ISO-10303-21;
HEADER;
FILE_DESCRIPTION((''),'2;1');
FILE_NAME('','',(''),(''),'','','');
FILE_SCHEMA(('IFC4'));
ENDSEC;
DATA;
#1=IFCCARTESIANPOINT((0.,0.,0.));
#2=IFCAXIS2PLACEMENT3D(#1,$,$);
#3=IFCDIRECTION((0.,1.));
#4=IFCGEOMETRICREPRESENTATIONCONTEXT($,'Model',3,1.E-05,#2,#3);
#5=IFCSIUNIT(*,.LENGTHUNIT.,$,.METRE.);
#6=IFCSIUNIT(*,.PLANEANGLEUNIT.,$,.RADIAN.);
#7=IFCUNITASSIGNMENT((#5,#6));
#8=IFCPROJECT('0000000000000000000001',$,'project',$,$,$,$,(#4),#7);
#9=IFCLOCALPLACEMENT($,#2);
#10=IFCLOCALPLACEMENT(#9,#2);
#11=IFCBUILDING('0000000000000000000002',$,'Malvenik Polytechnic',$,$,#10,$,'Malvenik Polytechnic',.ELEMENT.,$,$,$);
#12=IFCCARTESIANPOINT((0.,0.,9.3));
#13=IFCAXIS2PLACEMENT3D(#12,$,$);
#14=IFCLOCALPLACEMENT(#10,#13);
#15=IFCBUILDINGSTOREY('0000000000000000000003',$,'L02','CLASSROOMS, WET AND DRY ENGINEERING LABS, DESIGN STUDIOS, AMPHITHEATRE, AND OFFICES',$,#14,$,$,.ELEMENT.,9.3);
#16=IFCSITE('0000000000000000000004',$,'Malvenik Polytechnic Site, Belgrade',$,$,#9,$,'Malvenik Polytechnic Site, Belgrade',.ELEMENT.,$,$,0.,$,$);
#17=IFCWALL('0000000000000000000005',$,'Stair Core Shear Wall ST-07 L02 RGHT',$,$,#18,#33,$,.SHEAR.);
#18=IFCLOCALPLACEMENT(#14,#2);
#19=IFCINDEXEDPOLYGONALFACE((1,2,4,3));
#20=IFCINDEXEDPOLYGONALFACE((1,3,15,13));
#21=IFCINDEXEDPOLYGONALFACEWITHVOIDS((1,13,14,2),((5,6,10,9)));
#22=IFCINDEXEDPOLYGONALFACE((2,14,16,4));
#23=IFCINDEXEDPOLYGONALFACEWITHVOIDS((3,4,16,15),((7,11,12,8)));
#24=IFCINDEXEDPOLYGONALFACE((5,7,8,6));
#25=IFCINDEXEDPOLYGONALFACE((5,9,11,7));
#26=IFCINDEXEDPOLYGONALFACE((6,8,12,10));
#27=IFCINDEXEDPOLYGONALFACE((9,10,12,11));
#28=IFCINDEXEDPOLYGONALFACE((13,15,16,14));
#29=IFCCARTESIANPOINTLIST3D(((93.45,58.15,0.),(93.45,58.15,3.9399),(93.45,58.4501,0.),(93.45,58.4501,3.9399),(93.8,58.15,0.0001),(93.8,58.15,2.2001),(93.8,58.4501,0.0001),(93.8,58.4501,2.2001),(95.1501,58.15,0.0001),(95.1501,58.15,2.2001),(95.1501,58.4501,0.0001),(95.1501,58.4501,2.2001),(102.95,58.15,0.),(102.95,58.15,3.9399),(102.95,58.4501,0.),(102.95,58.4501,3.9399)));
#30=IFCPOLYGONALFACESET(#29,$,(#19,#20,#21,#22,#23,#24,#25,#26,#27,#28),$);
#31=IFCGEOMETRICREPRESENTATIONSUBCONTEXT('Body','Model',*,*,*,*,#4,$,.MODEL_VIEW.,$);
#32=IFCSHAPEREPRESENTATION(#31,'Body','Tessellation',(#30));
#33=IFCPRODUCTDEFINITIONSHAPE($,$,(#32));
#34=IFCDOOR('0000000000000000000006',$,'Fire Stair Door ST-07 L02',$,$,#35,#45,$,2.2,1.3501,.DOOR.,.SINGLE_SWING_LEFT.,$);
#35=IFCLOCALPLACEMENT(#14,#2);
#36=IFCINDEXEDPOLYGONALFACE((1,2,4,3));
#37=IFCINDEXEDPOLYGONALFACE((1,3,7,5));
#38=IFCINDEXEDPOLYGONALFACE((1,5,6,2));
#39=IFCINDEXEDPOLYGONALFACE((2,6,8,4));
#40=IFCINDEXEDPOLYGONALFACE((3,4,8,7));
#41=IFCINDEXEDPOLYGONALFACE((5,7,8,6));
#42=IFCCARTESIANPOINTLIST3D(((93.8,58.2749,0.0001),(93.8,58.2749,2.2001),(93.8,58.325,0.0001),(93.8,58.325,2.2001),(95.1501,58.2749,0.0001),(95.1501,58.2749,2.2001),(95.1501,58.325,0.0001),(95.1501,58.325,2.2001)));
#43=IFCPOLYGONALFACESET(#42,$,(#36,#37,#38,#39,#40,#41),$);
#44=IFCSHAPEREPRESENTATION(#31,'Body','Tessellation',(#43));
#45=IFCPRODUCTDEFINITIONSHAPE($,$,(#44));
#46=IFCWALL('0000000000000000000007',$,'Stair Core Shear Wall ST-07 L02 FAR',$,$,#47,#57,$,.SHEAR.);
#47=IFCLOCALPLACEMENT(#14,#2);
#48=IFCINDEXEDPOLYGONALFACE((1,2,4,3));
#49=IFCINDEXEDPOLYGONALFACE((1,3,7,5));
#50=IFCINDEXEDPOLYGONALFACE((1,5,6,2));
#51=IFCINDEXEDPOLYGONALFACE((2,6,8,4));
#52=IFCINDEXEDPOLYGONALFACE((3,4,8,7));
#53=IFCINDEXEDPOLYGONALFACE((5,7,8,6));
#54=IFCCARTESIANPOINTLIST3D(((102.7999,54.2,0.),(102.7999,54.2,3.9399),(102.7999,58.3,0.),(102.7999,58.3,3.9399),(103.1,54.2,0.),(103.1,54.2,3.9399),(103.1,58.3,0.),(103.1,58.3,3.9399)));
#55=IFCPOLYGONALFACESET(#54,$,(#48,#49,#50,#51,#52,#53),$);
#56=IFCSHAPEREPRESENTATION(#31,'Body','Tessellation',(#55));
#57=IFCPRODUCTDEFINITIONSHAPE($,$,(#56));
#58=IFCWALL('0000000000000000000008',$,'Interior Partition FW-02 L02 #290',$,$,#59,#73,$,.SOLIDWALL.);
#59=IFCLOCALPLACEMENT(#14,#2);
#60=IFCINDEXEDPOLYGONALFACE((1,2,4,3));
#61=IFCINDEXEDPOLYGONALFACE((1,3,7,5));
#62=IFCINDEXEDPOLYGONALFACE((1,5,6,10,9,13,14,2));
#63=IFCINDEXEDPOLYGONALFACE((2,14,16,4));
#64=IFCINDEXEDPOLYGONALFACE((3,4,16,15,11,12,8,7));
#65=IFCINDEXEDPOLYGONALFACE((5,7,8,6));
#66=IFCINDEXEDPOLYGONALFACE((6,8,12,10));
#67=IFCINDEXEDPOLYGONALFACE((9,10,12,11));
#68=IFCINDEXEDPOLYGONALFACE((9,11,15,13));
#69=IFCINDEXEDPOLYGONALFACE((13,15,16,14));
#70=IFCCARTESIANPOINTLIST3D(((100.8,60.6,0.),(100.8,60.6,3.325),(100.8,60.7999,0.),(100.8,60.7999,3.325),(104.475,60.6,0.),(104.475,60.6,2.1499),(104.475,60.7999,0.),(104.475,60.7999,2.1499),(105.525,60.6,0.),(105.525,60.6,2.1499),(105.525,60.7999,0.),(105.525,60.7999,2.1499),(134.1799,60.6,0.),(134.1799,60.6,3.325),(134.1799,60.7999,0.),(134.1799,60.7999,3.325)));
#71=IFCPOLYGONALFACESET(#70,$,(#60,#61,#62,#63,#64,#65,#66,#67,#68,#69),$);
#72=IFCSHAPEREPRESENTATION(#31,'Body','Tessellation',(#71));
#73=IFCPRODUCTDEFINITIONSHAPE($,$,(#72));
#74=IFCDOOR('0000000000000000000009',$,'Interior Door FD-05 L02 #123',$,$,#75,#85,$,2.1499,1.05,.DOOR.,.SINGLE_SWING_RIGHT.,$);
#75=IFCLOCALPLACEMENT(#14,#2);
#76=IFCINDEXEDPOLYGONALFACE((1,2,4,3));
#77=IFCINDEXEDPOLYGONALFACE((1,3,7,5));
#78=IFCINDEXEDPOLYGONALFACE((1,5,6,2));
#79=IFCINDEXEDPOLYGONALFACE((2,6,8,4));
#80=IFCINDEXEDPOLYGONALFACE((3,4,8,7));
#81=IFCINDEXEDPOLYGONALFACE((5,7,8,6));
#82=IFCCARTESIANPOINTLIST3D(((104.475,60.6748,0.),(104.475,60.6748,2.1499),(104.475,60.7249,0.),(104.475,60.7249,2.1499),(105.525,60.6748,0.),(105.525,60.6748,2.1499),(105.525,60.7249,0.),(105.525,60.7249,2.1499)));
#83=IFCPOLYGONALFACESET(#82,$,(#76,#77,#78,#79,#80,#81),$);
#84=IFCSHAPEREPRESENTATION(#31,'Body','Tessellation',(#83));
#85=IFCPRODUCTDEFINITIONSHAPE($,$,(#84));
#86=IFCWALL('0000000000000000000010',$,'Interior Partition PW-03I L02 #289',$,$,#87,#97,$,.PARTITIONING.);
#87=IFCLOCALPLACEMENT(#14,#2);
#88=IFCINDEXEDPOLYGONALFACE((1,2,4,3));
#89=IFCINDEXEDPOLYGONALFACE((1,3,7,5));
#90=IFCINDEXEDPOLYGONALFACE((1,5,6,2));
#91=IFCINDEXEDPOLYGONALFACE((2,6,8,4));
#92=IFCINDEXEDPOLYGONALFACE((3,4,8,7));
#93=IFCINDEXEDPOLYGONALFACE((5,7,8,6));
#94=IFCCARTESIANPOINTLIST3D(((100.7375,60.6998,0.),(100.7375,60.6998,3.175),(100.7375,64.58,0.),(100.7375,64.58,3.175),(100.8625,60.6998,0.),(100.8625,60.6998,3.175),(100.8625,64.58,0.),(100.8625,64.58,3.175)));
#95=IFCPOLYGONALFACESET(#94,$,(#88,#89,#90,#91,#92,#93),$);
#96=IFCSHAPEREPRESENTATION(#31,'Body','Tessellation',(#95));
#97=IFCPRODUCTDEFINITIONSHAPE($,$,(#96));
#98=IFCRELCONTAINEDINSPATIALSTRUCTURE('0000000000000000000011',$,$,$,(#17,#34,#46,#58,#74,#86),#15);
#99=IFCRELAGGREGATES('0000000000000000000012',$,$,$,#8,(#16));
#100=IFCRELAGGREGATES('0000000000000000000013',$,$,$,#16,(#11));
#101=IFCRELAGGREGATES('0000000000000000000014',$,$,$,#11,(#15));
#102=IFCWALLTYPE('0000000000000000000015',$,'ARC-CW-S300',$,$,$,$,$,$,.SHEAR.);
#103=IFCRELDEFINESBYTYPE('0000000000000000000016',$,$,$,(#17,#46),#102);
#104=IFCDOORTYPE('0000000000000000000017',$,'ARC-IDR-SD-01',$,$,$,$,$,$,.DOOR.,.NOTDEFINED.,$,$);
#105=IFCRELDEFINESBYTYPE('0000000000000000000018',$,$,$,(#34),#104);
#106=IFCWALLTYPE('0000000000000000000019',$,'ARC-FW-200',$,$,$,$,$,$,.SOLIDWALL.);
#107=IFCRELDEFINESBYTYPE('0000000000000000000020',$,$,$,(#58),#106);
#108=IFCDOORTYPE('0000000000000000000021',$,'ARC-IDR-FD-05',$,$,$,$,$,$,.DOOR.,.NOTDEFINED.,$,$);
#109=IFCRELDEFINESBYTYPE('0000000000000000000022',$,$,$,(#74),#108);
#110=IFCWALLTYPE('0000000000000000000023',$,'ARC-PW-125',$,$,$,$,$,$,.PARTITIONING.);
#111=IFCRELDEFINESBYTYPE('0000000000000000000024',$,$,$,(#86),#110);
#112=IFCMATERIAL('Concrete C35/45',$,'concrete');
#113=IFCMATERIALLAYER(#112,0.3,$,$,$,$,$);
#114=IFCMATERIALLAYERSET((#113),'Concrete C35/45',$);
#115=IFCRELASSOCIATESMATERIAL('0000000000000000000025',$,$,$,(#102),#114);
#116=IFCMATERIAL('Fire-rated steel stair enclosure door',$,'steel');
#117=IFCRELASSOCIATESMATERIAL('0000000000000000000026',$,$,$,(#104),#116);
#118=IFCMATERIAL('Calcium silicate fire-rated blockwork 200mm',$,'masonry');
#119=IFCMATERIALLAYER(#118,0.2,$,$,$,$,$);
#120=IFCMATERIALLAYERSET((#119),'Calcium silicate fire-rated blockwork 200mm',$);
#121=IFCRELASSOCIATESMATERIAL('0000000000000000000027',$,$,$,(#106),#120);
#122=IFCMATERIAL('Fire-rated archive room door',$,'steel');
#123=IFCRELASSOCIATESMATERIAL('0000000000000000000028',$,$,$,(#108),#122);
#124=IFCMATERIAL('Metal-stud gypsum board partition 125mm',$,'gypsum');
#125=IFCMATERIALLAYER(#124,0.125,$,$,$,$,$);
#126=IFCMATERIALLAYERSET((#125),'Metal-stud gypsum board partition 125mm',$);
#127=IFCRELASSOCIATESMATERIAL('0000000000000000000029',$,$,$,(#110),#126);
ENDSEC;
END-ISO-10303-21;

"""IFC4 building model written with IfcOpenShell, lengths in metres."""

from ifc_helpers import new_model, si_unit, direction, frame, frame_2d, origin, place, context, subcontext, project, spatial, rectangle, extrude, material, layer, layer_set, type_object, element, fill, save


model = new_model("IFC4")

# Units and contexts
model_context = context("Model", 3, precision=1e-05, world=origin(), true_north=direction((0.0, 1.0)))
body_context = subcontext(model_context, "Body", "Model", "MODEL_VIEW")
ifc_project = project(units=[si_unit("LENGTHUNIT", "METRE"), si_unit("PLANEANGLEUNIT", "RADIAN")], contexts=[model_context])

# Site, building, storey
site_placement = place(None, origin())
site = spatial("IfcSite", under=ifc_project, at=site_placement, Name="Malvenik Polytechnic Site, Belgrade", LongName="Malvenik Polytechnic Site, Belgrade", CompositionType="ELEMENT", RefElevation=0.0)
building_placement = place(site_placement, origin())
building = spatial("IfcBuilding", under=site, at=building_placement, Name="Malvenik Polytechnic", LongName="Malvenik Polytechnic", CompositionType="ELEMENT")
storey_placement = place(building_placement, frame((0.0, 0.0, 9.3)))
storey = spatial("IfcBuildingStorey", under=building, at=storey_placement, Name="L02", Description="CLASSROOMS, WET AND DRY ENGINEERING LABS, DESIGN STUDIOS, AMPHITHEATRE, AND OFFICES", CompositionType="ELEMENT", Elevation=9.3)

# Wall, opening, door
ifc_material_1 = material(Name="Concrete C35/45", Category="concrete")
ifc_layer_1 = layer(ifc_material_1, 0.3)
ifc_layer_set_1 = layer_set([ifc_layer_1], Name="Concrete C35/45")
wall_type_1 = type_object("IfcWallType", Name="ARC-CW-S300", PredefinedType="SHEAR", material=ifc_layer_set_1)
wall_1_placement = place(storey_placement, frame((93.45, 58.3, 0.0), z_axis=(0.0, 0.0, 1.0), x_axis=(1.0, 0.0, 0.0)))
wall_1 = element("IfcWall", 1, at=wall_1_placement, inside=storey, type_object=wall_type_1, Name="Stair Core Shear Wall ST-07 L02 RGHT", PredefinedType="SHEAR", context=body_context, shape_type="SweptSolid", body=[
    extrude(rectangle(XDim=9.5, YDim=0.3, at=frame_2d((4.75, 0.0))), origin(), (0.0, 0.0, 1.0), 3.9399),
])
opening_1_placement = place(wall_1_placement, frame((0.3501, 0.0, 0.0)))
opening_1 = element("IfcOpeningElement", 2, at=opening_1_placement, cuts=wall_1, PredefinedType="OPENING", context=body_context, shape_type="SweptSolid", body=[
    extrude(rectangle(XDim=1.3501, YDim=2.2, at=frame_2d((0.675, 1.1001))), frame((0.0, 0.1602, 0.0), z_axis=(0.0, -1.0, 0.0), x_axis=(1.0, 0.0, 0.0)), (0.0, 0.0, 1.0), 0.3201),
])
ifc_material_2 = material(Name="Fire-rated steel stair enclosure door", Category="steel")
door_type_1 = type_object("IfcDoorType", Name="ARC-IDR-SD-01", OperationType="NOTDEFINED", PredefinedType="DOOR", material=ifc_material_2)
door_1_placement = place(opening_1_placement, origin())
door_1 = element("IfcDoor", 3, at=door_1_placement, inside=storey, type_object=door_type_1, Name="Fire Stair Door ST-07 L02", OperationType="SINGLE_SWING_LEFT", OverallHeight=2.2, OverallWidth=1.3501, PredefinedType="DOOR", context=body_context, shape_type="SweptSolid", body=[
    extrude(rectangle(XDim=1.3501, YDim=2.2, at=frame_2d((0.675, 1.1001))), frame((0.0, 0.0249, 0.0), z_axis=(0.0, -1.0, 0.0), x_axis=(1.0, 0.0, 0.0)), (0.0, 0.0, 1.0), 0.05),
])
fill(opening_1, door_1)

# Wall
wall_2_placement = place(storey_placement, frame((102.95, 58.3, 0.0), z_axis=(0.0, 0.0, 1.0), x_axis=(0.0, -1.0, 0.0)))
element("IfcWall", 4, at=wall_2_placement, inside=storey, type_object=wall_type_1, Name="Stair Core Shear Wall ST-07 L02 FAR", PredefinedType="SHEAR", context=body_context, shape_type="SweptSolid", body=[
    extrude(rectangle(XDim=4.1001, YDim=0.3, at=frame_2d((2.05, 0.0))), origin(), (0.0, 0.0, 1.0), 3.9399),
])

# Wall, opening, door
ifc_material_3 = material(Name="Calcium silicate fire-rated blockwork 200mm", Category="masonry")
ifc_layer_2 = layer(ifc_material_3, 0.2)
ifc_layer_set_2 = layer_set([ifc_layer_2], Name="Calcium silicate fire-rated blockwork 200mm")
wall_type_2 = type_object("IfcWallType", Name="ARC-FW-200", PredefinedType="SOLIDWALL", material=ifc_layer_set_2)
wall_3_placement = place(storey_placement, frame((100.8, 60.7, 0.0), z_axis=(0.0, 0.0, 1.0), x_axis=(1.0, 0.0, 0.0)))
wall_3 = element("IfcWall", 5, at=wall_3_placement, inside=storey, type_object=wall_type_2, Name="Interior Partition FW-02 L02 #290", PredefinedType="SOLIDWALL", context=body_context, shape_type="SweptSolid", body=[
    extrude(rectangle(XDim=33.3799, YDim=0.2, at=frame_2d((16.6899, 0.0))), origin(), (0.0, 0.0, 1.0), 3.325),
])
opening_2_placement = place(wall_3_placement, frame((3.675, 0.0, 0.0)))
opening_2 = element("IfcOpeningElement", 6, at=opening_2_placement, cuts=wall_3, PredefinedType="OPENING", context=body_context, shape_type="SweptSolid", body=[
    extrude(rectangle(XDim=1.05, YDim=2.1499, at=frame_2d((0.5249, 1.075))), frame((0.0, 0.1099, 0.0), z_axis=(0.0, -1.0, 0.0), x_axis=(1.0, 0.0, 0.0)), (0.0, 0.0, 1.0), 0.22),
])
ifc_material_4 = material(Name="Fire-rated archive room door", Category="steel")
door_type_2 = type_object("IfcDoorType", Name="ARC-IDR-FD-05", OperationType="NOTDEFINED", PredefinedType="DOOR", material=ifc_material_4)
door_2_placement = place(opening_2_placement, origin())
door_2 = element("IfcDoor", 7, at=door_2_placement, inside=storey, type_object=door_type_2, Name="Interior Door FD-05 L02 #123", OperationType="SINGLE_SWING_RIGHT", OverallHeight=2.1499, OverallWidth=1.05, PredefinedType="DOOR", context=body_context, shape_type="SweptSolid", body=[
    extrude(rectangle(XDim=1.05, YDim=2.1499, at=frame_2d((0.5249, 1.075))), frame((0.0, 0.0249, 0.0), z_axis=(0.0, -1.0, 0.0), x_axis=(1.0, 0.0, 0.0)), (0.0, 0.0, 1.0), 0.05),
])
fill(opening_2, door_2)

# Wall
ifc_material_5 = material(Name="Metal-stud gypsum board partition 125mm", Category="gypsum")
ifc_layer_3 = layer(ifc_material_5, 0.125)
ifc_layer_set_3 = layer_set([ifc_layer_3], Name="Metal-stud gypsum board partition 125mm")
wall_type_3 = type_object("IfcWallType", Name="ARC-PW-125", PredefinedType="PARTITIONING", material=ifc_layer_set_3)
wall_4_placement = place(storey_placement, frame((100.8, 60.7, 0.0), z_axis=(0.0, 0.0, 1.0), x_axis=(0.0, 1.0, 0.0)))
element("IfcWall", 8, at=wall_4_placement, inside=storey, type_object=wall_type_3, Name="Interior Partition PW-03I L02 #289", PredefinedType="PARTITIONING", context=body_context, shape_type="SweptSolid", body=[
    extrude(rectangle(XDim=3.8801, YDim=0.125, at=frame_2d((1.9399, 0.0))), origin(), (0.0, 0.0, 1.0), 3.175),
])

save(model, "model.ifc")
